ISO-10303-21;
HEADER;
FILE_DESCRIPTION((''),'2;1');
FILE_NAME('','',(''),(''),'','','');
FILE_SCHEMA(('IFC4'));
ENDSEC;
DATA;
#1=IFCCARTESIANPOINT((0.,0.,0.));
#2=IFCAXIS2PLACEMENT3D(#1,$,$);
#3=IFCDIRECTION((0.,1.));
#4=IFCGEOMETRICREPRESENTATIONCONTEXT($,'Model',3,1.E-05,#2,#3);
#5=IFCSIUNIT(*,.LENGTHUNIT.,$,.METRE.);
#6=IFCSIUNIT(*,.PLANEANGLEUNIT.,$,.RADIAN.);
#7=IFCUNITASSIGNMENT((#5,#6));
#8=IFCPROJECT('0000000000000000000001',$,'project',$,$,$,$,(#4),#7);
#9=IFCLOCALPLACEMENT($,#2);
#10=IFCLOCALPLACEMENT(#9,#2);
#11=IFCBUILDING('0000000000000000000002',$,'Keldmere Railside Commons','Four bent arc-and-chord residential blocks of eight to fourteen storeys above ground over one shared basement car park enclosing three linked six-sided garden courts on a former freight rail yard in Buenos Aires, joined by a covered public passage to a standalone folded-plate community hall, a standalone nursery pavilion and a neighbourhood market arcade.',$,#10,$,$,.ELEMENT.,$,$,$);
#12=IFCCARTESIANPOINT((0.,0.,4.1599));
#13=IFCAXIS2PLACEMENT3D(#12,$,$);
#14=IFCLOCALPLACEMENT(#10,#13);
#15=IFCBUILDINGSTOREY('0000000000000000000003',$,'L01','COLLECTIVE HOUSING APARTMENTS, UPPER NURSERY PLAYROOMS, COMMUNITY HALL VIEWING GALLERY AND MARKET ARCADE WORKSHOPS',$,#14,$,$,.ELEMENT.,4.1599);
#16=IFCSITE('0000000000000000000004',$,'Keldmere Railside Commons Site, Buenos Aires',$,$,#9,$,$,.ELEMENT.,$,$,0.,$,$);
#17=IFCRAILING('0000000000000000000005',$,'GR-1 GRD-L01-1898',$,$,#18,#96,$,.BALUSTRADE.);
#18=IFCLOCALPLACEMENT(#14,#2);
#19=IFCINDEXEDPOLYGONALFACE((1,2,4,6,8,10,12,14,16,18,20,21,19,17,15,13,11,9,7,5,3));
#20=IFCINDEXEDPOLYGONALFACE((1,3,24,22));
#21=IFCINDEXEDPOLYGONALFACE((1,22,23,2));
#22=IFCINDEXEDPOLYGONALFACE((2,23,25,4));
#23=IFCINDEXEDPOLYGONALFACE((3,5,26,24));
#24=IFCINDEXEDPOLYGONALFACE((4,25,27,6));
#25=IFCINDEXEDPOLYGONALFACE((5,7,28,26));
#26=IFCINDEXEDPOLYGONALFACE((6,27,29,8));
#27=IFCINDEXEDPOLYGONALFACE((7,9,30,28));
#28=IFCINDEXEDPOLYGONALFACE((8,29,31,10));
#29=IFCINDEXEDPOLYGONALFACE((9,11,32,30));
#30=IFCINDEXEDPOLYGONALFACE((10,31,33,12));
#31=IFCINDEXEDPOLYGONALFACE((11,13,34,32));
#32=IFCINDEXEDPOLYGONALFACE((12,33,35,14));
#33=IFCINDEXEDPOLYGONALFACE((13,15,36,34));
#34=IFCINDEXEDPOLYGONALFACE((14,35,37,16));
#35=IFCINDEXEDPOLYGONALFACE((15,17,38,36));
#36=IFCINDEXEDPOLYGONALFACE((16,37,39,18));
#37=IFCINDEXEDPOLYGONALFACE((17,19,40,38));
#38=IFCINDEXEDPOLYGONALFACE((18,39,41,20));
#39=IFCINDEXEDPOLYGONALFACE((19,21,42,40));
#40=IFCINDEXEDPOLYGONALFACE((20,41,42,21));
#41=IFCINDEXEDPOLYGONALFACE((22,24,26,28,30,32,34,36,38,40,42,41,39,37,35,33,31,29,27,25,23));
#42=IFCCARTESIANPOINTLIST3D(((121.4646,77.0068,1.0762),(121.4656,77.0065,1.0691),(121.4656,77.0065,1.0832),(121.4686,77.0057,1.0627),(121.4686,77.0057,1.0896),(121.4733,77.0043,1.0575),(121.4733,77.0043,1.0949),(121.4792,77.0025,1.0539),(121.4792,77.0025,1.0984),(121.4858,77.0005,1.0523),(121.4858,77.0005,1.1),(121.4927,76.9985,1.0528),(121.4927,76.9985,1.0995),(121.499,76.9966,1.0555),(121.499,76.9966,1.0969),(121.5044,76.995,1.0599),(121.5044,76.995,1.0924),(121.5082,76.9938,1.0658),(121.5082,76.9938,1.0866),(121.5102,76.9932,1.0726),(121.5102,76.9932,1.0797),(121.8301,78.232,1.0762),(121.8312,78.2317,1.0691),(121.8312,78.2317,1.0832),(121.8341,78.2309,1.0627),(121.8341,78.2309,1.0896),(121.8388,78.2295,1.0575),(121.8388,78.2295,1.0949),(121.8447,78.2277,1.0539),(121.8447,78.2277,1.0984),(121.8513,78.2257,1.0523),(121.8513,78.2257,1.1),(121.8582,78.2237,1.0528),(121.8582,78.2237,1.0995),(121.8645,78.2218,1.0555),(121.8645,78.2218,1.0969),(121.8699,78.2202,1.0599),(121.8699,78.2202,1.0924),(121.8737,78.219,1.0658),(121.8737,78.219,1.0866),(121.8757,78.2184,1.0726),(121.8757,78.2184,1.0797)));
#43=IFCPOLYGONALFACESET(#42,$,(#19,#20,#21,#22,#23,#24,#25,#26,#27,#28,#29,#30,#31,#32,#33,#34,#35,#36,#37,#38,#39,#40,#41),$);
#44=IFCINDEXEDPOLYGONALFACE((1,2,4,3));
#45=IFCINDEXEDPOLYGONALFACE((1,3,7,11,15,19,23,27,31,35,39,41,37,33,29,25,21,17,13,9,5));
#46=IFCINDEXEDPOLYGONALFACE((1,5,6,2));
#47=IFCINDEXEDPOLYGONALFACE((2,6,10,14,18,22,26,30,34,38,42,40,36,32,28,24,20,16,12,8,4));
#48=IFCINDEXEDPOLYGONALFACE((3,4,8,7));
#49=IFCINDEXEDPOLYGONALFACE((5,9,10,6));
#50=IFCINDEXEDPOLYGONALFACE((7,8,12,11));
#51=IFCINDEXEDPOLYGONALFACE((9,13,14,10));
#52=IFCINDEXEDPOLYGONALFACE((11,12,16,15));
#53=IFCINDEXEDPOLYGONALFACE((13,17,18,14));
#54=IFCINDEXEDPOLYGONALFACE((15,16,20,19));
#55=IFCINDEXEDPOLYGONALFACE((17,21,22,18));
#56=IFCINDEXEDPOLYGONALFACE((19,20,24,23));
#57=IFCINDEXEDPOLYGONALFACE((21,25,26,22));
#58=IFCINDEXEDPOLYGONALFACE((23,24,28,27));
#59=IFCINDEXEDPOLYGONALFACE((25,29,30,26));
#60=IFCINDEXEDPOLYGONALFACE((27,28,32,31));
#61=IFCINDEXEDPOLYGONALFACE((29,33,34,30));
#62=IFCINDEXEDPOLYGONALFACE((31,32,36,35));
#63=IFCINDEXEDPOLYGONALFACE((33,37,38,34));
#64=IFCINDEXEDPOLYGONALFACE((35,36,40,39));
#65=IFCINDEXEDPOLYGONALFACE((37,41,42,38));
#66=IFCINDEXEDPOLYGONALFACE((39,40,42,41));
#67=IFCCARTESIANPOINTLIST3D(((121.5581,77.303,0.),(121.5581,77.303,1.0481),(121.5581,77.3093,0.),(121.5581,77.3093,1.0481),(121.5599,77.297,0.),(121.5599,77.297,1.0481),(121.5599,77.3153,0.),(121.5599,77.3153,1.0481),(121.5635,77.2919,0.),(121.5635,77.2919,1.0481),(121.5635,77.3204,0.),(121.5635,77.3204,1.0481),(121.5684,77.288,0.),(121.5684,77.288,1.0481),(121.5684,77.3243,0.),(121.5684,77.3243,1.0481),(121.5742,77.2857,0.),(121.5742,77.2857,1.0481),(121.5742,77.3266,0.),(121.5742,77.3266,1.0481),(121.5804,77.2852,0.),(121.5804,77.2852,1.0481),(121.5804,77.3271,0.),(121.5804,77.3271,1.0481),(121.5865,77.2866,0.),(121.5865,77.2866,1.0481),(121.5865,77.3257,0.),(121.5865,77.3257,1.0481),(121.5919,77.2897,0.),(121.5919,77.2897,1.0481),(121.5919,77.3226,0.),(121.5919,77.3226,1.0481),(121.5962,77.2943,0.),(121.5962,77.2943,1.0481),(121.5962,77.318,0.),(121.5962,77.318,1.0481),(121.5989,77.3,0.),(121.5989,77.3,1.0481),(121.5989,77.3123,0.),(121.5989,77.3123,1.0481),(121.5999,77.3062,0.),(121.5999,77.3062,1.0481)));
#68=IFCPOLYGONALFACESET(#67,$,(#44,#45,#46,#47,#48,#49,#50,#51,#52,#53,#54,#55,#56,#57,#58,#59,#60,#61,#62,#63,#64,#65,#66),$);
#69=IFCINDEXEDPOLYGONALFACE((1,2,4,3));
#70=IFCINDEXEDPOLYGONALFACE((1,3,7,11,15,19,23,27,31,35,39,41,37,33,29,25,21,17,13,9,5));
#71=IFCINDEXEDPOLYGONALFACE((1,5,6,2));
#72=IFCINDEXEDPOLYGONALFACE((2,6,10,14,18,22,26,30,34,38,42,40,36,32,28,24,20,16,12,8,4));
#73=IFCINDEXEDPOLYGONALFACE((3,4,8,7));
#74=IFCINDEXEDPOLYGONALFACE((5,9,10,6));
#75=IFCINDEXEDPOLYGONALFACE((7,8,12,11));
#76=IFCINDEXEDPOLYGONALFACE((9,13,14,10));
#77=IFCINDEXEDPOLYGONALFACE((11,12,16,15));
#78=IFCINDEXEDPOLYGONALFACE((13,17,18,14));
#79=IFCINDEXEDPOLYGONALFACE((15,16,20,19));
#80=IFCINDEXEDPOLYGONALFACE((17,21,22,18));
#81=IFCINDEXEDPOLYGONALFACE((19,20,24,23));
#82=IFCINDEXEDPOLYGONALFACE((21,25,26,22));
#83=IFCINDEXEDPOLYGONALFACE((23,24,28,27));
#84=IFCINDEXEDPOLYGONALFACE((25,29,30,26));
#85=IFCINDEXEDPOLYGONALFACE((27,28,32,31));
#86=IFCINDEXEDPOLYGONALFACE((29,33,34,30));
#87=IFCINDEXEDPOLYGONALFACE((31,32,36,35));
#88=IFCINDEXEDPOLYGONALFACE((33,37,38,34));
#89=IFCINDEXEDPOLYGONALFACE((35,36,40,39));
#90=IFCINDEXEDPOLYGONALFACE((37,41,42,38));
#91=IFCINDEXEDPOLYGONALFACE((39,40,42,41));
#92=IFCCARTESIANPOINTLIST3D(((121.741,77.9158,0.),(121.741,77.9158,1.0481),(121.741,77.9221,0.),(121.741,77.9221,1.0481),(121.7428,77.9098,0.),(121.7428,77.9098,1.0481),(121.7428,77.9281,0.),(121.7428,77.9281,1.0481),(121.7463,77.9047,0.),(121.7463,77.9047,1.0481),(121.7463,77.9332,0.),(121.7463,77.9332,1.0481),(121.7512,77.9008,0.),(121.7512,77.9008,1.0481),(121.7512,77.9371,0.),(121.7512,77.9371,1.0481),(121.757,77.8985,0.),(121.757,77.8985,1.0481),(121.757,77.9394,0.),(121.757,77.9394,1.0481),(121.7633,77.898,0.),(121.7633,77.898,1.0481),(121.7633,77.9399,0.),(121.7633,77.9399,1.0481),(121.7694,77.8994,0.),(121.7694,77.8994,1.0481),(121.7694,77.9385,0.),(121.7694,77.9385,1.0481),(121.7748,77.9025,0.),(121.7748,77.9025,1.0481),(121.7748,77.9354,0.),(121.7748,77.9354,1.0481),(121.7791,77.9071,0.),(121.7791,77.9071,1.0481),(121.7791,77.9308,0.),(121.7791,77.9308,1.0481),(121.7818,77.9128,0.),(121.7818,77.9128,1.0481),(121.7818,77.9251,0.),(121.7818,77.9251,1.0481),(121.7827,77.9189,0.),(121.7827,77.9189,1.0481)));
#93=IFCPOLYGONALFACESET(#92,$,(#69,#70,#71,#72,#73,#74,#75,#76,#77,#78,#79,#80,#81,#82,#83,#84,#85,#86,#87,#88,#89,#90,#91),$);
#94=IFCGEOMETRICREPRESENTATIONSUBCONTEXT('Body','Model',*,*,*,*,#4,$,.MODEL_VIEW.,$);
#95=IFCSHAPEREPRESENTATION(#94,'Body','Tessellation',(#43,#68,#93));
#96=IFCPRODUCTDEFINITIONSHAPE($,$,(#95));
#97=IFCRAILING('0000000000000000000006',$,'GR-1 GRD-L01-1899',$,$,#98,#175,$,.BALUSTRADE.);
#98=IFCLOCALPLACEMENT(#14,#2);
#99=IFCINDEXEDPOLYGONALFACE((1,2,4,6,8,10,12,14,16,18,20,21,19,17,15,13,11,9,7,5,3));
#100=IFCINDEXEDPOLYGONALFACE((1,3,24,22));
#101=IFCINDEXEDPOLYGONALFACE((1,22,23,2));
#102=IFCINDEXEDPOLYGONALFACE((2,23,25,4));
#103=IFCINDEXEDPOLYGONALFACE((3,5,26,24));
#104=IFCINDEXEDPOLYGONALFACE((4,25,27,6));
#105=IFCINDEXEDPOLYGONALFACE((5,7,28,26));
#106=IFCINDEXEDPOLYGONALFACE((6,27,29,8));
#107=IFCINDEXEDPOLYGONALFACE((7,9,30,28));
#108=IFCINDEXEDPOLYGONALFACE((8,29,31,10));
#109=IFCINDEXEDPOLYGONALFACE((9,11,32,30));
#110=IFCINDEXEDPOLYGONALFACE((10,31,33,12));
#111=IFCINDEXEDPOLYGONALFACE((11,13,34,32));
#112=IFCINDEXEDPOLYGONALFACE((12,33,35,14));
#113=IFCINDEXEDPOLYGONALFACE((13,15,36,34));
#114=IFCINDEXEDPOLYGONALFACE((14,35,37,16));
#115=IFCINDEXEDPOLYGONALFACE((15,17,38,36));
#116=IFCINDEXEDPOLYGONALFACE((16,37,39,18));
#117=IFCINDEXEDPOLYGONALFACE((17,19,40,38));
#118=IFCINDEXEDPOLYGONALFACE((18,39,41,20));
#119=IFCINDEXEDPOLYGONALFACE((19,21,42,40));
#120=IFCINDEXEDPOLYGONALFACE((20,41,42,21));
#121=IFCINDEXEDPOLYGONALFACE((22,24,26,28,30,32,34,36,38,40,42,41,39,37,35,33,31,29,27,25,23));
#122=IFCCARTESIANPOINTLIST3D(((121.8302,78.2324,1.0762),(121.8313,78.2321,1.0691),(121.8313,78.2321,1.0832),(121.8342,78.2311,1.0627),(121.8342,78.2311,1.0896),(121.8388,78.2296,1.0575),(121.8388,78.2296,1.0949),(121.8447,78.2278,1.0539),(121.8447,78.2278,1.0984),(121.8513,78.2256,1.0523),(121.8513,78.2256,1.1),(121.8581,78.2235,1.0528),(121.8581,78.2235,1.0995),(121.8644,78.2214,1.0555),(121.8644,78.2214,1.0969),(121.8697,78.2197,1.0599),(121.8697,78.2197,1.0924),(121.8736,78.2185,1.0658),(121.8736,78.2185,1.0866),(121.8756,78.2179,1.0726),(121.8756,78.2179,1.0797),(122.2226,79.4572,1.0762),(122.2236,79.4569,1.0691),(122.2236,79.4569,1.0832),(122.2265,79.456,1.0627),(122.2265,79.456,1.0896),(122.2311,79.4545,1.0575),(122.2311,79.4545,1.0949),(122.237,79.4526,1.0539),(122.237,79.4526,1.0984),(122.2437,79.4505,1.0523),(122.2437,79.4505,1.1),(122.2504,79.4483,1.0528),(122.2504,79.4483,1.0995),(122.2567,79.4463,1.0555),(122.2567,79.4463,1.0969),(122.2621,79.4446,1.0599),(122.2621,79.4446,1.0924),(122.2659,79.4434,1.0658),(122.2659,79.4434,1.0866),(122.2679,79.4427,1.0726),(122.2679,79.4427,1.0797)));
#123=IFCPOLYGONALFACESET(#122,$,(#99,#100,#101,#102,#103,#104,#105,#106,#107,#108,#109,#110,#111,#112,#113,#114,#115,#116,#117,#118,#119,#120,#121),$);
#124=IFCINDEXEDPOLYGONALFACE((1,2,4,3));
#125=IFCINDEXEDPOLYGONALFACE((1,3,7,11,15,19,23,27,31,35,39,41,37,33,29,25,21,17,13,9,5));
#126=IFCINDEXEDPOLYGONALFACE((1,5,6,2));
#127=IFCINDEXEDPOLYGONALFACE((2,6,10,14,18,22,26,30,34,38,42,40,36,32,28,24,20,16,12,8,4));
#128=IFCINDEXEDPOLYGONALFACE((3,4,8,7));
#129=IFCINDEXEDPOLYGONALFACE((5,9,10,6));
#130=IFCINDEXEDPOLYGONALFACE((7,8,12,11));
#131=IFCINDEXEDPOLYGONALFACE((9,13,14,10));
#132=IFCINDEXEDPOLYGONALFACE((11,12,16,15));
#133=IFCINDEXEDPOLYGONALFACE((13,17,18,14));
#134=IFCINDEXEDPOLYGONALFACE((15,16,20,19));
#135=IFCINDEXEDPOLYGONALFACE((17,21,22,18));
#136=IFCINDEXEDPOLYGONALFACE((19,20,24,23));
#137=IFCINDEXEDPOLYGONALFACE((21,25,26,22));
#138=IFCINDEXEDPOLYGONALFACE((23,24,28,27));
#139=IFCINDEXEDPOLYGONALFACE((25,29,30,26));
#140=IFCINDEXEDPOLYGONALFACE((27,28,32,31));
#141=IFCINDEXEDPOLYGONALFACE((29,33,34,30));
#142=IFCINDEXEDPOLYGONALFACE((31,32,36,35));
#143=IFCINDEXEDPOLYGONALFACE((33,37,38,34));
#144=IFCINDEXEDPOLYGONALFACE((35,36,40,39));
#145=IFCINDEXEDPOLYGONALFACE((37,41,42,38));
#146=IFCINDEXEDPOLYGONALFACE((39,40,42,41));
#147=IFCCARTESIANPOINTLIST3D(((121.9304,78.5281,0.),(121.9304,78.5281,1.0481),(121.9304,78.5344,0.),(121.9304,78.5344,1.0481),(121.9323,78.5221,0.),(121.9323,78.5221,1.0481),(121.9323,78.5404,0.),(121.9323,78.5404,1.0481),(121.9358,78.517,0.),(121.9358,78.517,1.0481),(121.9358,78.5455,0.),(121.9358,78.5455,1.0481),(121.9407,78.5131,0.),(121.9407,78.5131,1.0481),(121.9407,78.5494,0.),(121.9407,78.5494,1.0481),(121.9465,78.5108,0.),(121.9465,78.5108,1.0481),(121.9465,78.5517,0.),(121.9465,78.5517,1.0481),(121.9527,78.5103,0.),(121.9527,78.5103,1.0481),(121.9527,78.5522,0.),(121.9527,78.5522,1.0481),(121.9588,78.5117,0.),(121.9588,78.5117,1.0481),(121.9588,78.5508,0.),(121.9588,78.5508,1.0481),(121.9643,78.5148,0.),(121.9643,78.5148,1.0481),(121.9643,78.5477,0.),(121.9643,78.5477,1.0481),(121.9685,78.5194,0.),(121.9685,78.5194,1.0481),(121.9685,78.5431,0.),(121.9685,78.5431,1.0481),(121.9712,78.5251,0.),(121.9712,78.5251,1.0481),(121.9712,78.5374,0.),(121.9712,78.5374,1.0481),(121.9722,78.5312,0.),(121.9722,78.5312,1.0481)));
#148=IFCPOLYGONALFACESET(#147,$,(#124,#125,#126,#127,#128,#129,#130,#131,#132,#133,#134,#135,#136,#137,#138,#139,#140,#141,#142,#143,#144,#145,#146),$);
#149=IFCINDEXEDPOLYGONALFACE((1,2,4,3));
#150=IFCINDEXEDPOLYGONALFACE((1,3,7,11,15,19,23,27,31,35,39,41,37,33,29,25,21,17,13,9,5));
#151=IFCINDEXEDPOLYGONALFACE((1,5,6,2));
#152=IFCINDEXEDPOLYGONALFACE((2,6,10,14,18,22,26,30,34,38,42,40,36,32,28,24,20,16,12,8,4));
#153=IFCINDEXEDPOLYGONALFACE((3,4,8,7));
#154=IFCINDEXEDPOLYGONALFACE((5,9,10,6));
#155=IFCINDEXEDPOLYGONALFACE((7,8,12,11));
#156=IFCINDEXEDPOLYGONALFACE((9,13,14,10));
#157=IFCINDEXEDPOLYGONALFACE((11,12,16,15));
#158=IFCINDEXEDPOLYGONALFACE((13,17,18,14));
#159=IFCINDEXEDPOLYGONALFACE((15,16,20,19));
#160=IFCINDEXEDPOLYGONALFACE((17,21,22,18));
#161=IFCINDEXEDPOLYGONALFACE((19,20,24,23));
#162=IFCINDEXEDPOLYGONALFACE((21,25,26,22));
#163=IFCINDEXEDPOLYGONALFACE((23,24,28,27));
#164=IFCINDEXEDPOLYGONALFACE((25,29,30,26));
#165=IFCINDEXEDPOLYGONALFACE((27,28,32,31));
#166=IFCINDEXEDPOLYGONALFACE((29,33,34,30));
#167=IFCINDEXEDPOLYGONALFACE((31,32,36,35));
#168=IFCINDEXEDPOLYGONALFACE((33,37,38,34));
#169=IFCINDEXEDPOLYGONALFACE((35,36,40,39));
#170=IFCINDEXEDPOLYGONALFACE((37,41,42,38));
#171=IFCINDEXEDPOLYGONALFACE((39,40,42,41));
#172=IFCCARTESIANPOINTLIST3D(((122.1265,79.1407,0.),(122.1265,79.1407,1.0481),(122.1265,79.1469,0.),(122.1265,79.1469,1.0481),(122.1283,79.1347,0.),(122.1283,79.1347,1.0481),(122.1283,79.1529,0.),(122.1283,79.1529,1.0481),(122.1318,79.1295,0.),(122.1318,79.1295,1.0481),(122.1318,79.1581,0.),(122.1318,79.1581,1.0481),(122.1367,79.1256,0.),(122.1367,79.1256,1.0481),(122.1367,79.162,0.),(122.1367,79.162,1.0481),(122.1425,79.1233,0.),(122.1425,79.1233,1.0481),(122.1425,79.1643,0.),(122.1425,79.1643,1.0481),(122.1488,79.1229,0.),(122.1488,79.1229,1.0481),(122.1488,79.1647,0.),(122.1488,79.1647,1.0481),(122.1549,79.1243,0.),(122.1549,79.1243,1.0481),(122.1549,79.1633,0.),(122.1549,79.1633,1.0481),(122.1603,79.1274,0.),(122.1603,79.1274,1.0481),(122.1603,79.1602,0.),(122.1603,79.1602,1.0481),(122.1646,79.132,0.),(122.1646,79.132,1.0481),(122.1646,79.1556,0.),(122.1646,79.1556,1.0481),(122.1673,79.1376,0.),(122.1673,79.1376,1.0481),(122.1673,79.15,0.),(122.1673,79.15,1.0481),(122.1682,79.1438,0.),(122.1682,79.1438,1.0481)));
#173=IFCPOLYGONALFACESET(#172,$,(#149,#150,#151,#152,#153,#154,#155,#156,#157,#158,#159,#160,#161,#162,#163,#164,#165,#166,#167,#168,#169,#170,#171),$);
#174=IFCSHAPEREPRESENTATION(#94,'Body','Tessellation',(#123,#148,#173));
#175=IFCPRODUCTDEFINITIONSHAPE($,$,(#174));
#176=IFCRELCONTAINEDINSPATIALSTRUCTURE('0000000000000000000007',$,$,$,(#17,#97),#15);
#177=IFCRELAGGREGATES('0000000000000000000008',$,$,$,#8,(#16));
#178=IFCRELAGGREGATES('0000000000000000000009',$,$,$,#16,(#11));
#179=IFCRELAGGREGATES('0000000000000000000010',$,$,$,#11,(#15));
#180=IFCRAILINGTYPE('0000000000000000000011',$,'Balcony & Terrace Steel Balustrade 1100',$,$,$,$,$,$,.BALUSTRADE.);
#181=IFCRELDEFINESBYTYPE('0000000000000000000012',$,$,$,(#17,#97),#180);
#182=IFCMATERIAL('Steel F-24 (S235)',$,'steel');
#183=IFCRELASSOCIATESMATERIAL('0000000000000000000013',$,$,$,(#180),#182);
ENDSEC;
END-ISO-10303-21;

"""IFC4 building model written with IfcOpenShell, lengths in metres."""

from ifc_helpers import new_model, si_unit, direction, frame, origin, origin_2d, place, context, subcontext, project, spatial, circle, extrude, material, type_object, element, save


model = new_model("IFC4")

# Units and contexts
model_context = context("Model", 3, precision=1e-05, world=origin(), true_north=direction((0.0, 1.0)))
body_context = subcontext(model_context, "Body", "Model", "MODEL_VIEW")
ifc_project = project(units=[si_unit("LENGTHUNIT", "METRE"), si_unit("PLANEANGLEUNIT", "RADIAN")], contexts=[model_context])

# Site, building, storey
site_placement = place(None, origin())
site = spatial("IfcSite", under=ifc_project, at=site_placement, Name="Keldmere Railside Commons Site, Buenos Aires", CompositionType="ELEMENT", RefElevation=0.0)
building_placement = place(site_placement, origin())
building = spatial("IfcBuilding", under=site, at=building_placement, Name="Keldmere Railside Commons", Description="Four bent arc-and-chord residential blocks of eight to fourteen storeys above ground over one shared basement car park enclosing three linked six-sided garden courts on a former freight rail yard in Buenos Aires, joined by a covered public passage to a standalone folded-plate community hall, a standalone nursery pavilion and a neighbourhood market arcade.", CompositionType="ELEMENT")
storey_placement = place(building_placement, frame((0.0, 0.0, 4.1599)))
storey = spatial("IfcBuildingStorey", under=building, at=storey_placement, Name="L01", Description="COLLECTIVE HOUSING APARTMENTS, UPPER NURSERY PLAYROOMS, COMMUNITY HALL VIEWING GALLERY AND MARKET ARCADE WORKSHOPS", CompositionType="ELEMENT", Elevation=4.1599)

# Railings
ifc_material_1 = material(Name="Steel F-24 (S235)", Category="steel")
railing_type = type_object("IfcRailingType", Name="Balcony & Terrace Steel Balustrade 1100", PredefinedType="BALUSTRADE", material=ifc_material_1)
railing_1_placement = place(storey_placement, frame((121.4875, 77.0, 0.0)))
element("IfcRailing", 1, at=railing_1_placement, inside=storey, type_object=railing_type, Name="GR-1 GRD-L01-1898", PredefinedType="BALUSTRADE", context=body_context, shape_type="SweptSolid", body=[
    extrude(circle(Radius=0.0239, at=origin_2d()), frame((0.0, 0.0, 1.0762), z_axis=(0.285876, 0.958267, 0.0), x_axis=(-0.958267, 0.285876, 0.0)), (0.0, 0.0, 1.0), 1.2786),
    extrude(circle(Radius=0.021, at=origin_2d()), frame((0.0913, 0.3062, 0.0)), (0.0, 0.0, 1.0), 1.0481),
    extrude(circle(Radius=0.021, at=origin_2d()), frame((0.2742, 0.9189, 0.0)), (0.0, 0.0, 1.0), 1.0481),
])
railing_2_placement = place(storey_placement, frame((121.853, 78.2251, 0.0)))
element("IfcRailing", 2, at=railing_2_placement, inside=storey, type_object=railing_type, Name="GR-1 GRD-L01-1899", PredefinedType="BALUSTRADE", context=body_context, shape_type="SweptSolid", body=[
    extrude(circle(Radius=0.0239, at=origin_2d()), frame((0.0, 0.0, 1.0762), z_axis=(0.305044, 0.952338, 0.0), x_axis=(-0.952338, 0.305044, 0.0)), (0.0, 0.0, 1.0), 1.2861),
    extrude(circle(Radius=0.021, at=origin_2d()), frame((0.0981, 0.3062, 0.0)), (0.0, 0.0, 1.0), 1.0481),
    extrude(circle(Radius=0.021, at=origin_2d()), frame((0.2942, 0.9187, 0.0)), (0.0, 0.0, 1.0), 1.0481),
])

save(model, "model.ifc")
